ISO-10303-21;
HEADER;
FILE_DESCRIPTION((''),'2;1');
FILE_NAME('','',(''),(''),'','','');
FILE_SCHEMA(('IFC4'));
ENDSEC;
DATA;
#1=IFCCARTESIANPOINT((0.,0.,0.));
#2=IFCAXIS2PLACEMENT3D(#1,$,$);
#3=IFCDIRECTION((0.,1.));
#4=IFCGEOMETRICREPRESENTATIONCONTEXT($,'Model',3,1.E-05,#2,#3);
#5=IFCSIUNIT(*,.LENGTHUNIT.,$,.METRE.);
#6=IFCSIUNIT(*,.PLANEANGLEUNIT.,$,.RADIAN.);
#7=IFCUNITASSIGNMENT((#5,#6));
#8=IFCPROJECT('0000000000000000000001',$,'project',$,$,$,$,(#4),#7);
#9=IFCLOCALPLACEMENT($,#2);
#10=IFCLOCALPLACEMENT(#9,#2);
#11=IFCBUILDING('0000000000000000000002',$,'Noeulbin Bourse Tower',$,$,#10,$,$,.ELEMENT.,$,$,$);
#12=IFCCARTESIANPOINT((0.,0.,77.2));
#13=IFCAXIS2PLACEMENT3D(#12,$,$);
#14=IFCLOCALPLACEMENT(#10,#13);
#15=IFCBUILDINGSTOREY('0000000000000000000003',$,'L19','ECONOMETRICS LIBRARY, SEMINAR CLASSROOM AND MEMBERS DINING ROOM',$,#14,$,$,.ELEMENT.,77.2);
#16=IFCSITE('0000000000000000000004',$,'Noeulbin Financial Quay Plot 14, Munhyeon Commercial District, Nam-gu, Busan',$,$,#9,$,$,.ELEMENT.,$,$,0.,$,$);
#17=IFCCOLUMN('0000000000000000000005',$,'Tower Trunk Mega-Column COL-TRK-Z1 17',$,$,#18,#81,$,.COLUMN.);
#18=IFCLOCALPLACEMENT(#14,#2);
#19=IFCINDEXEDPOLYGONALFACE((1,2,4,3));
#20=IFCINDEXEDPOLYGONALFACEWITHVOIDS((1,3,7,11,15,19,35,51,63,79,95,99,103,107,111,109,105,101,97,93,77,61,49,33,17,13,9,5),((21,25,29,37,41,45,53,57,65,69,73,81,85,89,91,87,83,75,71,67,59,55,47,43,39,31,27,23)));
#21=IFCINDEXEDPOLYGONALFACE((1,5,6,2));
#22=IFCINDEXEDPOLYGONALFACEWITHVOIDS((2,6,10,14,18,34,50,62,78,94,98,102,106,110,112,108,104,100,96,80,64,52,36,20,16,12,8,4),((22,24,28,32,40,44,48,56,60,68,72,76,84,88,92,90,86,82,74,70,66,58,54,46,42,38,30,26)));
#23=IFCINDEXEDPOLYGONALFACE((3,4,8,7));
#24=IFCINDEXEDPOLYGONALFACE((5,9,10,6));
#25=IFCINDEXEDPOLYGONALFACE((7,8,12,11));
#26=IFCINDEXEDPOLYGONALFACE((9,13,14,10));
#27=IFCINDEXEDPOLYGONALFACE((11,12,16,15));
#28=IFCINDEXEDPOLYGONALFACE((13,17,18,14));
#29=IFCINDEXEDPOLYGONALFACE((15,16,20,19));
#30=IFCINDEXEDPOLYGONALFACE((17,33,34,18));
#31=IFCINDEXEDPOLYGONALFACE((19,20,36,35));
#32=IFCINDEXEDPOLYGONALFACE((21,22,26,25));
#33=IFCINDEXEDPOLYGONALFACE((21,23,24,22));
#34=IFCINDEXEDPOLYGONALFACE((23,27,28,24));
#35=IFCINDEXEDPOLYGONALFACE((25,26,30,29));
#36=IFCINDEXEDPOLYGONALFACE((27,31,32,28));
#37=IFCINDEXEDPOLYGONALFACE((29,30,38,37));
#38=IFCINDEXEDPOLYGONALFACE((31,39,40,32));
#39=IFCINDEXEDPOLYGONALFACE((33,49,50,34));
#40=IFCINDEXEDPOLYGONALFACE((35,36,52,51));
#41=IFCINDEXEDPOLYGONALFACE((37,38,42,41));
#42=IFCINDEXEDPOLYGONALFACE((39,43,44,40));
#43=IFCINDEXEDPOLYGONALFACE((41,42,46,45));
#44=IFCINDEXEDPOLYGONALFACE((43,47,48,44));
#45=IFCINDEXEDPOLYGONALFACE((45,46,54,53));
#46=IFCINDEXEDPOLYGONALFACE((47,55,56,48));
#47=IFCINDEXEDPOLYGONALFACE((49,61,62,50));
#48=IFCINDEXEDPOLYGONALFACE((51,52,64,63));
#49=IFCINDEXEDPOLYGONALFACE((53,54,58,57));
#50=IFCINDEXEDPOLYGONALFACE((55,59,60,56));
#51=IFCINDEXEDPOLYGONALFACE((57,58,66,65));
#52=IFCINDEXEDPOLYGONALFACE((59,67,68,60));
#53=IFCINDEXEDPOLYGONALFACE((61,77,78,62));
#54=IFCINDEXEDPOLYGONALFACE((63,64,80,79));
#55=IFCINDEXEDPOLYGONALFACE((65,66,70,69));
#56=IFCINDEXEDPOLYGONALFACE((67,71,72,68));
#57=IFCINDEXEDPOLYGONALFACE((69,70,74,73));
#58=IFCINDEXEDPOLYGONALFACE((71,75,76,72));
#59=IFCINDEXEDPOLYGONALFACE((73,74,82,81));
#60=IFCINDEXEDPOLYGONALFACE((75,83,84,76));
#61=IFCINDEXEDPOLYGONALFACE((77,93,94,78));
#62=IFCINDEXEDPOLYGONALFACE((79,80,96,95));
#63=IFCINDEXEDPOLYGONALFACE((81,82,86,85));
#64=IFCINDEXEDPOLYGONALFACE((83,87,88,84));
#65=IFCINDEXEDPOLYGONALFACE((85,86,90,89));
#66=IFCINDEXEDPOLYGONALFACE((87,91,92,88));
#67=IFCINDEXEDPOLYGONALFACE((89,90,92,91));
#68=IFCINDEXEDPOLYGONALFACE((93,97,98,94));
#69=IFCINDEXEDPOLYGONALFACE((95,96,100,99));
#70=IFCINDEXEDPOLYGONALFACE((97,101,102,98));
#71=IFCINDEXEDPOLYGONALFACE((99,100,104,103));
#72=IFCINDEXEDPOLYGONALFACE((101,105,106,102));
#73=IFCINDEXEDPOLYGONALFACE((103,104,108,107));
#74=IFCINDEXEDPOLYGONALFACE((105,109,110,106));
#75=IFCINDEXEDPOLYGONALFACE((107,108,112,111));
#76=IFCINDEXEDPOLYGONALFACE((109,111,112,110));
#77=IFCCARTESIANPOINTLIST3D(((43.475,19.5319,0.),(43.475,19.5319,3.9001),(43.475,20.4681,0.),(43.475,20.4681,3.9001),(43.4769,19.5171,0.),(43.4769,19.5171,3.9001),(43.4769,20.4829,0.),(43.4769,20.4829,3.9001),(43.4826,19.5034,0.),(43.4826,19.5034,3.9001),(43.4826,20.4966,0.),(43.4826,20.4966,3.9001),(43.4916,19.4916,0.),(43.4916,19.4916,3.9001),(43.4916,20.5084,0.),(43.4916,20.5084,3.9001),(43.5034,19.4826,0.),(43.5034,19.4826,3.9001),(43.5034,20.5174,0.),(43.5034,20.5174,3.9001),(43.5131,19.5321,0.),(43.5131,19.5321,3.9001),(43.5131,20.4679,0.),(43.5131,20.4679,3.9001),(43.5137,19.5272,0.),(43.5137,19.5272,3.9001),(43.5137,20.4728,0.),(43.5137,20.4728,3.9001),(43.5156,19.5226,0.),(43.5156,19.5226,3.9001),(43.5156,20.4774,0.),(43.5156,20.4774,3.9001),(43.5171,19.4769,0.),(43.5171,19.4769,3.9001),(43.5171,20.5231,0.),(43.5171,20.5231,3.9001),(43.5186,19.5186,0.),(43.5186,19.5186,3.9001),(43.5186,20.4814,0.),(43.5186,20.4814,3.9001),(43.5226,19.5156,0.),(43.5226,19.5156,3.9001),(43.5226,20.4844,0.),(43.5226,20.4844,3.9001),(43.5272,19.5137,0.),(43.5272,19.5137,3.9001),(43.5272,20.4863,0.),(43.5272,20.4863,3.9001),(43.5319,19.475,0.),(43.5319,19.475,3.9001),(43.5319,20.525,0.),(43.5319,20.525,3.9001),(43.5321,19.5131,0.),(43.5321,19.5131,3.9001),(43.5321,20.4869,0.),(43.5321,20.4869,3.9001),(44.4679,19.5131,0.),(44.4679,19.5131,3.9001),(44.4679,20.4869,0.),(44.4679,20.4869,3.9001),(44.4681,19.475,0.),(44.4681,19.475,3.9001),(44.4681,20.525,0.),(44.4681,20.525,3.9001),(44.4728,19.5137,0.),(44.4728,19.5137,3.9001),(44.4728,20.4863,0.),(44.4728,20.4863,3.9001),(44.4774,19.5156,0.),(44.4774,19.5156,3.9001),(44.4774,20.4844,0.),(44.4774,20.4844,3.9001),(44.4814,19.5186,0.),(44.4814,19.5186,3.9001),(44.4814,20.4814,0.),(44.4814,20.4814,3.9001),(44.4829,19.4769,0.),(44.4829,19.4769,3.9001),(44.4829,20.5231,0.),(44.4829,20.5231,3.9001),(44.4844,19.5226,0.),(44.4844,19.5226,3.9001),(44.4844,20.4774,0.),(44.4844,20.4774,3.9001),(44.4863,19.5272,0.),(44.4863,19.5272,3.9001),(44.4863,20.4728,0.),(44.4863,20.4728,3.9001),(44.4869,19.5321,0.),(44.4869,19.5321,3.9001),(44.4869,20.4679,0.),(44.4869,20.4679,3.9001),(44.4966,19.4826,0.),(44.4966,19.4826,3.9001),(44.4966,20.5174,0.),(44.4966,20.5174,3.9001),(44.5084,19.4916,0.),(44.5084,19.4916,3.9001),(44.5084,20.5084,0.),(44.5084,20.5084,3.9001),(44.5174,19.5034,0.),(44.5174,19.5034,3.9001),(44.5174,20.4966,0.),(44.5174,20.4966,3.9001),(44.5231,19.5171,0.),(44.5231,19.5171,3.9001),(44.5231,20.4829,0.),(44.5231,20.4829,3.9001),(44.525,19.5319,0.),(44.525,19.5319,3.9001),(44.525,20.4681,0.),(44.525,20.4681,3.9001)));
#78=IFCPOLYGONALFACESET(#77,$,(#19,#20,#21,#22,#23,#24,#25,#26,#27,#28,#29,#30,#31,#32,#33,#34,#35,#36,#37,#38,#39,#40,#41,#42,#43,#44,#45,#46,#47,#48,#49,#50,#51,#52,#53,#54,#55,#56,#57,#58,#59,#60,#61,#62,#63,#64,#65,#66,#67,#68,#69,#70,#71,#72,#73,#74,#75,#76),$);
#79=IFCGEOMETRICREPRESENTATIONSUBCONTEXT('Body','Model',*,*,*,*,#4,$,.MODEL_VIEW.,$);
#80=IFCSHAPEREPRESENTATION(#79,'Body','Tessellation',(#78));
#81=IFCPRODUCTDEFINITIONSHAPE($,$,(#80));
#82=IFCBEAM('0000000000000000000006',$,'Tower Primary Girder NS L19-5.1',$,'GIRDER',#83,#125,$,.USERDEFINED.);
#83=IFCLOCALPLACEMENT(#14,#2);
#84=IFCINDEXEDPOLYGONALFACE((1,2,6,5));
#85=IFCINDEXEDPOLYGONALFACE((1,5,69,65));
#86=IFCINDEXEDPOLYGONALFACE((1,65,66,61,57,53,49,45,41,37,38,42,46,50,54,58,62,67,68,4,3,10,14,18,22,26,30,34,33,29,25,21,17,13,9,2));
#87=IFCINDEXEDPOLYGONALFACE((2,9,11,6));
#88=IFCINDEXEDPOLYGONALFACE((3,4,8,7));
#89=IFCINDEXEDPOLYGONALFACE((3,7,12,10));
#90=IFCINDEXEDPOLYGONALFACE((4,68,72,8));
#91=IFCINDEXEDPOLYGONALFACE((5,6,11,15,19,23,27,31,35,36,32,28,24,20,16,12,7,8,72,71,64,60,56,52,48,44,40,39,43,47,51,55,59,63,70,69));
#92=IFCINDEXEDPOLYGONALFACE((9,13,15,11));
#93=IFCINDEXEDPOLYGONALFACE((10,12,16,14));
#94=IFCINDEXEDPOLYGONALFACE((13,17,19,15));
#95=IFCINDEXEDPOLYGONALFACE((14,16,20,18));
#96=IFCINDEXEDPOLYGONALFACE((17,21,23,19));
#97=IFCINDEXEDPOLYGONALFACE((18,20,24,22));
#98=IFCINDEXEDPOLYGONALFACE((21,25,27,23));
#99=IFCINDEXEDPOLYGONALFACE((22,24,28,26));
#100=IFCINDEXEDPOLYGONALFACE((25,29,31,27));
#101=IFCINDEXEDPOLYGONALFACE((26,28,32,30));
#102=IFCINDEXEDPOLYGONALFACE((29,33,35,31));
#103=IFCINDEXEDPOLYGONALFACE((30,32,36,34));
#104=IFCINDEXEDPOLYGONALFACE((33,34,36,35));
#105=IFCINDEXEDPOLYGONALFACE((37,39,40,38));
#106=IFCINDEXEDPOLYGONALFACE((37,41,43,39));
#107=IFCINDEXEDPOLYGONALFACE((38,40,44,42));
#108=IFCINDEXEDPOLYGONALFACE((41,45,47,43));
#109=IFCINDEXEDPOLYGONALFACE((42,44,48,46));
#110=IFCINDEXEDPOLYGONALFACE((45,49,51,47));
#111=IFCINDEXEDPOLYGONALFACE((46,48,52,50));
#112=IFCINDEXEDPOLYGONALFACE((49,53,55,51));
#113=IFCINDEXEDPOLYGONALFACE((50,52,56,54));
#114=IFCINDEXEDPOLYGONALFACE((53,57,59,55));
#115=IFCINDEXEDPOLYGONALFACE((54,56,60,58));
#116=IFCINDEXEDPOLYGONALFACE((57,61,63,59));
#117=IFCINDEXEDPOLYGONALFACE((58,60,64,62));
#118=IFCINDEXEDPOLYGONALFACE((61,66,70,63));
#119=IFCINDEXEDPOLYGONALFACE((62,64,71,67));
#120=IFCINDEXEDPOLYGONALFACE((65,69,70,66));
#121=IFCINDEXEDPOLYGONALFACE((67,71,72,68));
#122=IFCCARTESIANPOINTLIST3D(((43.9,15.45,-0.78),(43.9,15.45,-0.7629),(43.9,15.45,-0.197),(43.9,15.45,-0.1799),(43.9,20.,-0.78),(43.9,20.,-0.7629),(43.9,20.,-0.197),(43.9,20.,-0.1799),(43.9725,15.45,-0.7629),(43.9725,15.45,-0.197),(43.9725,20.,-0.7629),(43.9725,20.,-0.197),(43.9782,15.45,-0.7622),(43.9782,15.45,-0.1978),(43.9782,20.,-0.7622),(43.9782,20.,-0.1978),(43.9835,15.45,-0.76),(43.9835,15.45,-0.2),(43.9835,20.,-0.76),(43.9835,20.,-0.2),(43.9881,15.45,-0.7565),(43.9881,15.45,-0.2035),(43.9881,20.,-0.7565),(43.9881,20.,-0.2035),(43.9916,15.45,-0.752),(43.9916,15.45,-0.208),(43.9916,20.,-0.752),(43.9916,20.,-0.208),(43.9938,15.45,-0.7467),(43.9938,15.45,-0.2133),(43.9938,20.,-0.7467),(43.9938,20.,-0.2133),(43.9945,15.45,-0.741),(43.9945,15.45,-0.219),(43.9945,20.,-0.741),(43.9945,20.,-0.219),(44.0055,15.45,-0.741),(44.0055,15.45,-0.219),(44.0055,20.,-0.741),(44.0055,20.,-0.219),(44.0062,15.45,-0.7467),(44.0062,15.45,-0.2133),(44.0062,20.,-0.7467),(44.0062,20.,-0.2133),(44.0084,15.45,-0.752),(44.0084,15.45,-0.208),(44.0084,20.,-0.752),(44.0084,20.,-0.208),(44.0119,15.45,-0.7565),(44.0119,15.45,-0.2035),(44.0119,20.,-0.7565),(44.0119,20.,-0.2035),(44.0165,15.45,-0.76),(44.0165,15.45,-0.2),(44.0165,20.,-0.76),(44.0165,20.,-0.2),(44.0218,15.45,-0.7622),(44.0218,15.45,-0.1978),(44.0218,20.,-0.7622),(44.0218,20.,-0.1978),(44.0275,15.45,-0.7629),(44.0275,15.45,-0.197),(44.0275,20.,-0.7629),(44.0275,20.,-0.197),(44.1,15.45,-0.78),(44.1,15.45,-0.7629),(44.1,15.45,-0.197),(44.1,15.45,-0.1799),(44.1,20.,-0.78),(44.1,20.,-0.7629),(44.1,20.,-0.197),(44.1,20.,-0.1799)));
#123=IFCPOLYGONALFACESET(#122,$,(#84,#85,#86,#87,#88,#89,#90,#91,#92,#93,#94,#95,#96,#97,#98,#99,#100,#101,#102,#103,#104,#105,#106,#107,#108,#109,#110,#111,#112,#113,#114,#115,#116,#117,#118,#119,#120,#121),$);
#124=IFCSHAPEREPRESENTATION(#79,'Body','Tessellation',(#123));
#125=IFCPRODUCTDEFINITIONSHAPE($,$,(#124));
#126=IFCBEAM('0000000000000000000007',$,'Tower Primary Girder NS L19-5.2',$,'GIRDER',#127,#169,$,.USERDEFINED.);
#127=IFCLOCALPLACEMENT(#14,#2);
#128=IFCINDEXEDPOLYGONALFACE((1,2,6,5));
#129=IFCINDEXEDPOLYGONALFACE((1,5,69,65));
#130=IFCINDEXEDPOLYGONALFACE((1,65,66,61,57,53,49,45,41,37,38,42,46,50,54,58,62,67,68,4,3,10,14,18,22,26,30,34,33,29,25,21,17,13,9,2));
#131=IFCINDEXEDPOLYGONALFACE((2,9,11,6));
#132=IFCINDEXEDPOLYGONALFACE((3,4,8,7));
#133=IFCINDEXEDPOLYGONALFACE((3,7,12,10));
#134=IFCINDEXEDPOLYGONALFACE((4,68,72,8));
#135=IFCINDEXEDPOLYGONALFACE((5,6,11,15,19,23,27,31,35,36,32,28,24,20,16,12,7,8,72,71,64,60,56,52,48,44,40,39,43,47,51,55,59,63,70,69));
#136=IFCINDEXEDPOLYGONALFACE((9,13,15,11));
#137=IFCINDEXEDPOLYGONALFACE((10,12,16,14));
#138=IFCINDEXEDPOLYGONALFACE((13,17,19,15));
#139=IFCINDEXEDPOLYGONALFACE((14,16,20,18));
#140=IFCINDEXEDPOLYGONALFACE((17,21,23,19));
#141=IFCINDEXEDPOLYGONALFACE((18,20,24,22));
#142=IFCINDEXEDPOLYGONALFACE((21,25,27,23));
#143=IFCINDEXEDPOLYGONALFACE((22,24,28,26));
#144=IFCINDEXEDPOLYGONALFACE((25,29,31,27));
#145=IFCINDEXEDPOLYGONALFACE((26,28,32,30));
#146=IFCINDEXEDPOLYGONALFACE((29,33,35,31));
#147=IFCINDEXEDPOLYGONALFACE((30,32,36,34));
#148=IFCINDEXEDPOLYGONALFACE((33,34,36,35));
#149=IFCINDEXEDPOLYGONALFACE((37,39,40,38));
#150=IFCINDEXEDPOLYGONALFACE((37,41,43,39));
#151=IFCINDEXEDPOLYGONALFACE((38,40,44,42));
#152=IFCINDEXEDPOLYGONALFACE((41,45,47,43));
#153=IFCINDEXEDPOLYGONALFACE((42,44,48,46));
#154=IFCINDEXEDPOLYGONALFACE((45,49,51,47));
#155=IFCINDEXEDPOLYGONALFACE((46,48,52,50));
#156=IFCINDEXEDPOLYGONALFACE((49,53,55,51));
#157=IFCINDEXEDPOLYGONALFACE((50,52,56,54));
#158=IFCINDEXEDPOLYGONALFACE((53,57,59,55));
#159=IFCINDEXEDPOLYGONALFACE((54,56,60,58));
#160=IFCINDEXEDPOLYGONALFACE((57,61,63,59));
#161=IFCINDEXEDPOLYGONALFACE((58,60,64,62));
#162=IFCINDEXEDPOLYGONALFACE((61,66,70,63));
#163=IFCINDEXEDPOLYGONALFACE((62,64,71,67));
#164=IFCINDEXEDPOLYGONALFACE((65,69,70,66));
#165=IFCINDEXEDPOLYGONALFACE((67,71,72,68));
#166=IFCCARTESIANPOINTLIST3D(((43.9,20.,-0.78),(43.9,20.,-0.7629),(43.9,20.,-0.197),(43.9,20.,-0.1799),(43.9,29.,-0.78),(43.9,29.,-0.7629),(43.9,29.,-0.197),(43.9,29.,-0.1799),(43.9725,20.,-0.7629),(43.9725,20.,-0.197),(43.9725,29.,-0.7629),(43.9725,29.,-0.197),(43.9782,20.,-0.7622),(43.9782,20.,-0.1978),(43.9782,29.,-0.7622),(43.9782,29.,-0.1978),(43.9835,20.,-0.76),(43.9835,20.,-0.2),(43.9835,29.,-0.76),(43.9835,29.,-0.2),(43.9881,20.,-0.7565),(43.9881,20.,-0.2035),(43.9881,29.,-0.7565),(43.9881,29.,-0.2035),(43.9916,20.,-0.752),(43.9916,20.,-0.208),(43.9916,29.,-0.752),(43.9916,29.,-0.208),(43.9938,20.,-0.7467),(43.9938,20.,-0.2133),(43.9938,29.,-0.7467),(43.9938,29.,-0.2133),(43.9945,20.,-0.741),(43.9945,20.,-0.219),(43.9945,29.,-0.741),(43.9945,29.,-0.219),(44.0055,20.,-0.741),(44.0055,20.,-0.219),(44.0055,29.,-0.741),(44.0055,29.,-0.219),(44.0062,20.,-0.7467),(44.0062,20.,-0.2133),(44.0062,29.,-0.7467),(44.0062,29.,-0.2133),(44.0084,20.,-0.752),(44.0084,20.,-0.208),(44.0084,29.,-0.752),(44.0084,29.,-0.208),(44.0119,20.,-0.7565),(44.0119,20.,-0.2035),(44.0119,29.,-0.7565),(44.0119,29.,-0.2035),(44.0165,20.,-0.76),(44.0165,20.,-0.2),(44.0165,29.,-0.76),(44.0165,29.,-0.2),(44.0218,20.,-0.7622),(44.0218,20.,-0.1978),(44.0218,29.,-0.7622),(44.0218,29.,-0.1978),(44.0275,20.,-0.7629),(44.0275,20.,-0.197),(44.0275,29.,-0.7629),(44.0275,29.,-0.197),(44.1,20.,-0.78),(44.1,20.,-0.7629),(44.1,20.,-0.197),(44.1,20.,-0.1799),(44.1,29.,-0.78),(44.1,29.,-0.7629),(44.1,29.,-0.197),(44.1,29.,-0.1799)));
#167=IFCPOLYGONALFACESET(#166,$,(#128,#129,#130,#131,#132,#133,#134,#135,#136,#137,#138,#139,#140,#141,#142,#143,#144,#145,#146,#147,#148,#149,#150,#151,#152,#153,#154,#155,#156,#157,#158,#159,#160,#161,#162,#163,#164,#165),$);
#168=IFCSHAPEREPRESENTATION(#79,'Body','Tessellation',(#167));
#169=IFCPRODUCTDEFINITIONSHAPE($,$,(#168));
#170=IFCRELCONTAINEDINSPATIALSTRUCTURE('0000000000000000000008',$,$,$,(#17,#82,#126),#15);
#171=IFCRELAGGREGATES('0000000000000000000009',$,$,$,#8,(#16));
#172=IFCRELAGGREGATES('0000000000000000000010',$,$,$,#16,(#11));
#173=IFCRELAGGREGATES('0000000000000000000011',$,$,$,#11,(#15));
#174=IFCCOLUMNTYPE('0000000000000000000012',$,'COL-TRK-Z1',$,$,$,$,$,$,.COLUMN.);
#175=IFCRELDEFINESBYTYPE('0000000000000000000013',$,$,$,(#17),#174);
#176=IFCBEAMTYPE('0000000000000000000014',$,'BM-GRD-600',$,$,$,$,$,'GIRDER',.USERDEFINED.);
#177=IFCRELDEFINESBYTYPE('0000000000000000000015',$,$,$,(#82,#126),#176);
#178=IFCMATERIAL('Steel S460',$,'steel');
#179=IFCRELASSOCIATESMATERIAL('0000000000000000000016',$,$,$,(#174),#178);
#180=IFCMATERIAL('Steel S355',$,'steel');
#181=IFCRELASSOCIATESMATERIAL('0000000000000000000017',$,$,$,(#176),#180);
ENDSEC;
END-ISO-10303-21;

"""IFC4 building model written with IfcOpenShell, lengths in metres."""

from ifc_helpers import new_model, si_unit, direction, frame, origin, origin_2d, place, context, subcontext, project, spatial, hollow_rectangle, i_section, extrude, material, material_profile, profile_set, type_object, element, save


model = new_model("IFC4")

# Units and contexts
model_context = context("Model", 3, precision=1e-05, world=origin(), true_north=direction((0.0, 1.0)))
body_context = subcontext(model_context, "Body", "Model", "MODEL_VIEW")
ifc_project = project(units=[si_unit("LENGTHUNIT", "METRE"), si_unit("PLANEANGLEUNIT", "RADIAN")], contexts=[model_context])

# Site, building, storey
site_placement = place(None, origin())
site = spatial("IfcSite", under=ifc_project, at=site_placement, Name="Noeulbin Financial Quay Plot 14, Munhyeon Commercial District, Nam-gu, Busan", CompositionType="ELEMENT", RefElevation=0.0)
building_placement = place(site_placement, origin())
building = spatial("IfcBuilding", under=site, at=building_placement, Name="Noeulbin Bourse Tower", CompositionType="ELEMENT")
storey_placement = place(building_placement, frame((0.0, 0.0, 77.2)))
storey = spatial("IfcBuildingStorey", under=building, at=storey_placement, Name="L19", Description="ECONOMETRICS LIBRARY, SEMINAR CLASSROOM AND MEMBERS DINING ROOM", CompositionType="ELEMENT", Elevation=77.2)

# Column
ifc_material_1 = material(Name="Steel S355", Category="steel")
ifc_material_2 = material(Name="Steel S460", Category="steel")
ifc_material_profile_1 = material_profile(ifc_material_2, hollow_rectangle(XDim=1.05, YDim=1.05, WallThickness=0.0381, InnerFilletRadius=0.019, OuterFilletRadius=0.0569, at=origin_2d()), Name="BOX-1050x1050x38", Category="LoadBearing")
ifc_profile_set_1 = profile_set([ifc_material_profile_1], Name="Steel S460")
column_type_1 = type_object("IfcColumnType", Name="COL-TRK-Z1", PredefinedType="COLUMN", material=ifc_profile_set_1)
column_1_placement = place(storey_placement, frame((44.0, 20.0, 0.0), z_axis=(0.0, 0.0, 1.0), x_axis=(1.0, 0.0, 0.0)))
element("IfcColumn", 1, at=column_1_placement, inside=storey, type_object=column_type_1, Name="Tower Trunk Mega-Column COL-TRK-Z1 17", PredefinedType="COLUMN", context=body_context, shape_type="SweptSolid", body=[
    extrude(hollow_rectangle(XDim=1.05, YDim=1.05, WallThickness=0.0381, InnerFilletRadius=0.019, OuterFilletRadius=0.0569, at=origin_2d()), origin(), (0.0, 0.0, 1.0), 3.9001),
])

# Beams
ifc_material_profile_2 = material_profile(ifc_material_1, i_section(OverallWidth=0.2, OverallDepth=0.6001, WebThickness=0.011, FlangeThickness=0.0171, FilletRadius=0.022, at=origin_2d()), Name="H-600x200x11x17", Category="LoadBearing")
ifc_profile_set_2 = profile_set([ifc_material_profile_2], Name="Steel S355")
beam_type_1 = type_object("IfcBeamType", Name="BM-GRD-600", ElementType="GIRDER", PredefinedType="USERDEFINED", material=ifc_profile_set_2)
beam_1_placement = place(storey_placement, frame((44.0, 15.45, -0.48), z_axis=(0.0, 1.0, 0.0), x_axis=(-1.0, 0.0, 0.0)))
element("IfcBeam", 2, at=beam_1_placement, inside=storey, type_object=beam_type_1, Name="Tower Primary Girder NS L19-5.1", ObjectType="GIRDER", PredefinedType="USERDEFINED", context=body_context, shape_type="SweptSolid", body=[
    extrude(i_section(OverallWidth=0.2, OverallDepth=0.6001, WebThickness=0.011, FlangeThickness=0.0171, FilletRadius=0.022, at=origin_2d()), origin(), (0.0, 0.0, 1.0), 4.55),
])
beam_2_placement = place(storey_placement, frame((44.0, 20.0, -0.48), z_axis=(0.0, 1.0, 0.0), x_axis=(-1.0, 0.0, 0.0)))
element("IfcBeam", 3, at=beam_2_placement, inside=storey, type_object=beam_type_1, Name="Tower Primary Girder NS L19-5.2", ObjectType="GIRDER", PredefinedType="USERDEFINED", context=body_context, shape_type="SweptSolid", body=[
    extrude(i_section(OverallWidth=0.2, OverallDepth=0.6001, WebThickness=0.011, FlangeThickness=0.0171, FilletRadius=0.022, at=origin_2d()), origin(), (0.0, 0.0, 1.0), 9.0),
])

save(model, "model.ifc")
